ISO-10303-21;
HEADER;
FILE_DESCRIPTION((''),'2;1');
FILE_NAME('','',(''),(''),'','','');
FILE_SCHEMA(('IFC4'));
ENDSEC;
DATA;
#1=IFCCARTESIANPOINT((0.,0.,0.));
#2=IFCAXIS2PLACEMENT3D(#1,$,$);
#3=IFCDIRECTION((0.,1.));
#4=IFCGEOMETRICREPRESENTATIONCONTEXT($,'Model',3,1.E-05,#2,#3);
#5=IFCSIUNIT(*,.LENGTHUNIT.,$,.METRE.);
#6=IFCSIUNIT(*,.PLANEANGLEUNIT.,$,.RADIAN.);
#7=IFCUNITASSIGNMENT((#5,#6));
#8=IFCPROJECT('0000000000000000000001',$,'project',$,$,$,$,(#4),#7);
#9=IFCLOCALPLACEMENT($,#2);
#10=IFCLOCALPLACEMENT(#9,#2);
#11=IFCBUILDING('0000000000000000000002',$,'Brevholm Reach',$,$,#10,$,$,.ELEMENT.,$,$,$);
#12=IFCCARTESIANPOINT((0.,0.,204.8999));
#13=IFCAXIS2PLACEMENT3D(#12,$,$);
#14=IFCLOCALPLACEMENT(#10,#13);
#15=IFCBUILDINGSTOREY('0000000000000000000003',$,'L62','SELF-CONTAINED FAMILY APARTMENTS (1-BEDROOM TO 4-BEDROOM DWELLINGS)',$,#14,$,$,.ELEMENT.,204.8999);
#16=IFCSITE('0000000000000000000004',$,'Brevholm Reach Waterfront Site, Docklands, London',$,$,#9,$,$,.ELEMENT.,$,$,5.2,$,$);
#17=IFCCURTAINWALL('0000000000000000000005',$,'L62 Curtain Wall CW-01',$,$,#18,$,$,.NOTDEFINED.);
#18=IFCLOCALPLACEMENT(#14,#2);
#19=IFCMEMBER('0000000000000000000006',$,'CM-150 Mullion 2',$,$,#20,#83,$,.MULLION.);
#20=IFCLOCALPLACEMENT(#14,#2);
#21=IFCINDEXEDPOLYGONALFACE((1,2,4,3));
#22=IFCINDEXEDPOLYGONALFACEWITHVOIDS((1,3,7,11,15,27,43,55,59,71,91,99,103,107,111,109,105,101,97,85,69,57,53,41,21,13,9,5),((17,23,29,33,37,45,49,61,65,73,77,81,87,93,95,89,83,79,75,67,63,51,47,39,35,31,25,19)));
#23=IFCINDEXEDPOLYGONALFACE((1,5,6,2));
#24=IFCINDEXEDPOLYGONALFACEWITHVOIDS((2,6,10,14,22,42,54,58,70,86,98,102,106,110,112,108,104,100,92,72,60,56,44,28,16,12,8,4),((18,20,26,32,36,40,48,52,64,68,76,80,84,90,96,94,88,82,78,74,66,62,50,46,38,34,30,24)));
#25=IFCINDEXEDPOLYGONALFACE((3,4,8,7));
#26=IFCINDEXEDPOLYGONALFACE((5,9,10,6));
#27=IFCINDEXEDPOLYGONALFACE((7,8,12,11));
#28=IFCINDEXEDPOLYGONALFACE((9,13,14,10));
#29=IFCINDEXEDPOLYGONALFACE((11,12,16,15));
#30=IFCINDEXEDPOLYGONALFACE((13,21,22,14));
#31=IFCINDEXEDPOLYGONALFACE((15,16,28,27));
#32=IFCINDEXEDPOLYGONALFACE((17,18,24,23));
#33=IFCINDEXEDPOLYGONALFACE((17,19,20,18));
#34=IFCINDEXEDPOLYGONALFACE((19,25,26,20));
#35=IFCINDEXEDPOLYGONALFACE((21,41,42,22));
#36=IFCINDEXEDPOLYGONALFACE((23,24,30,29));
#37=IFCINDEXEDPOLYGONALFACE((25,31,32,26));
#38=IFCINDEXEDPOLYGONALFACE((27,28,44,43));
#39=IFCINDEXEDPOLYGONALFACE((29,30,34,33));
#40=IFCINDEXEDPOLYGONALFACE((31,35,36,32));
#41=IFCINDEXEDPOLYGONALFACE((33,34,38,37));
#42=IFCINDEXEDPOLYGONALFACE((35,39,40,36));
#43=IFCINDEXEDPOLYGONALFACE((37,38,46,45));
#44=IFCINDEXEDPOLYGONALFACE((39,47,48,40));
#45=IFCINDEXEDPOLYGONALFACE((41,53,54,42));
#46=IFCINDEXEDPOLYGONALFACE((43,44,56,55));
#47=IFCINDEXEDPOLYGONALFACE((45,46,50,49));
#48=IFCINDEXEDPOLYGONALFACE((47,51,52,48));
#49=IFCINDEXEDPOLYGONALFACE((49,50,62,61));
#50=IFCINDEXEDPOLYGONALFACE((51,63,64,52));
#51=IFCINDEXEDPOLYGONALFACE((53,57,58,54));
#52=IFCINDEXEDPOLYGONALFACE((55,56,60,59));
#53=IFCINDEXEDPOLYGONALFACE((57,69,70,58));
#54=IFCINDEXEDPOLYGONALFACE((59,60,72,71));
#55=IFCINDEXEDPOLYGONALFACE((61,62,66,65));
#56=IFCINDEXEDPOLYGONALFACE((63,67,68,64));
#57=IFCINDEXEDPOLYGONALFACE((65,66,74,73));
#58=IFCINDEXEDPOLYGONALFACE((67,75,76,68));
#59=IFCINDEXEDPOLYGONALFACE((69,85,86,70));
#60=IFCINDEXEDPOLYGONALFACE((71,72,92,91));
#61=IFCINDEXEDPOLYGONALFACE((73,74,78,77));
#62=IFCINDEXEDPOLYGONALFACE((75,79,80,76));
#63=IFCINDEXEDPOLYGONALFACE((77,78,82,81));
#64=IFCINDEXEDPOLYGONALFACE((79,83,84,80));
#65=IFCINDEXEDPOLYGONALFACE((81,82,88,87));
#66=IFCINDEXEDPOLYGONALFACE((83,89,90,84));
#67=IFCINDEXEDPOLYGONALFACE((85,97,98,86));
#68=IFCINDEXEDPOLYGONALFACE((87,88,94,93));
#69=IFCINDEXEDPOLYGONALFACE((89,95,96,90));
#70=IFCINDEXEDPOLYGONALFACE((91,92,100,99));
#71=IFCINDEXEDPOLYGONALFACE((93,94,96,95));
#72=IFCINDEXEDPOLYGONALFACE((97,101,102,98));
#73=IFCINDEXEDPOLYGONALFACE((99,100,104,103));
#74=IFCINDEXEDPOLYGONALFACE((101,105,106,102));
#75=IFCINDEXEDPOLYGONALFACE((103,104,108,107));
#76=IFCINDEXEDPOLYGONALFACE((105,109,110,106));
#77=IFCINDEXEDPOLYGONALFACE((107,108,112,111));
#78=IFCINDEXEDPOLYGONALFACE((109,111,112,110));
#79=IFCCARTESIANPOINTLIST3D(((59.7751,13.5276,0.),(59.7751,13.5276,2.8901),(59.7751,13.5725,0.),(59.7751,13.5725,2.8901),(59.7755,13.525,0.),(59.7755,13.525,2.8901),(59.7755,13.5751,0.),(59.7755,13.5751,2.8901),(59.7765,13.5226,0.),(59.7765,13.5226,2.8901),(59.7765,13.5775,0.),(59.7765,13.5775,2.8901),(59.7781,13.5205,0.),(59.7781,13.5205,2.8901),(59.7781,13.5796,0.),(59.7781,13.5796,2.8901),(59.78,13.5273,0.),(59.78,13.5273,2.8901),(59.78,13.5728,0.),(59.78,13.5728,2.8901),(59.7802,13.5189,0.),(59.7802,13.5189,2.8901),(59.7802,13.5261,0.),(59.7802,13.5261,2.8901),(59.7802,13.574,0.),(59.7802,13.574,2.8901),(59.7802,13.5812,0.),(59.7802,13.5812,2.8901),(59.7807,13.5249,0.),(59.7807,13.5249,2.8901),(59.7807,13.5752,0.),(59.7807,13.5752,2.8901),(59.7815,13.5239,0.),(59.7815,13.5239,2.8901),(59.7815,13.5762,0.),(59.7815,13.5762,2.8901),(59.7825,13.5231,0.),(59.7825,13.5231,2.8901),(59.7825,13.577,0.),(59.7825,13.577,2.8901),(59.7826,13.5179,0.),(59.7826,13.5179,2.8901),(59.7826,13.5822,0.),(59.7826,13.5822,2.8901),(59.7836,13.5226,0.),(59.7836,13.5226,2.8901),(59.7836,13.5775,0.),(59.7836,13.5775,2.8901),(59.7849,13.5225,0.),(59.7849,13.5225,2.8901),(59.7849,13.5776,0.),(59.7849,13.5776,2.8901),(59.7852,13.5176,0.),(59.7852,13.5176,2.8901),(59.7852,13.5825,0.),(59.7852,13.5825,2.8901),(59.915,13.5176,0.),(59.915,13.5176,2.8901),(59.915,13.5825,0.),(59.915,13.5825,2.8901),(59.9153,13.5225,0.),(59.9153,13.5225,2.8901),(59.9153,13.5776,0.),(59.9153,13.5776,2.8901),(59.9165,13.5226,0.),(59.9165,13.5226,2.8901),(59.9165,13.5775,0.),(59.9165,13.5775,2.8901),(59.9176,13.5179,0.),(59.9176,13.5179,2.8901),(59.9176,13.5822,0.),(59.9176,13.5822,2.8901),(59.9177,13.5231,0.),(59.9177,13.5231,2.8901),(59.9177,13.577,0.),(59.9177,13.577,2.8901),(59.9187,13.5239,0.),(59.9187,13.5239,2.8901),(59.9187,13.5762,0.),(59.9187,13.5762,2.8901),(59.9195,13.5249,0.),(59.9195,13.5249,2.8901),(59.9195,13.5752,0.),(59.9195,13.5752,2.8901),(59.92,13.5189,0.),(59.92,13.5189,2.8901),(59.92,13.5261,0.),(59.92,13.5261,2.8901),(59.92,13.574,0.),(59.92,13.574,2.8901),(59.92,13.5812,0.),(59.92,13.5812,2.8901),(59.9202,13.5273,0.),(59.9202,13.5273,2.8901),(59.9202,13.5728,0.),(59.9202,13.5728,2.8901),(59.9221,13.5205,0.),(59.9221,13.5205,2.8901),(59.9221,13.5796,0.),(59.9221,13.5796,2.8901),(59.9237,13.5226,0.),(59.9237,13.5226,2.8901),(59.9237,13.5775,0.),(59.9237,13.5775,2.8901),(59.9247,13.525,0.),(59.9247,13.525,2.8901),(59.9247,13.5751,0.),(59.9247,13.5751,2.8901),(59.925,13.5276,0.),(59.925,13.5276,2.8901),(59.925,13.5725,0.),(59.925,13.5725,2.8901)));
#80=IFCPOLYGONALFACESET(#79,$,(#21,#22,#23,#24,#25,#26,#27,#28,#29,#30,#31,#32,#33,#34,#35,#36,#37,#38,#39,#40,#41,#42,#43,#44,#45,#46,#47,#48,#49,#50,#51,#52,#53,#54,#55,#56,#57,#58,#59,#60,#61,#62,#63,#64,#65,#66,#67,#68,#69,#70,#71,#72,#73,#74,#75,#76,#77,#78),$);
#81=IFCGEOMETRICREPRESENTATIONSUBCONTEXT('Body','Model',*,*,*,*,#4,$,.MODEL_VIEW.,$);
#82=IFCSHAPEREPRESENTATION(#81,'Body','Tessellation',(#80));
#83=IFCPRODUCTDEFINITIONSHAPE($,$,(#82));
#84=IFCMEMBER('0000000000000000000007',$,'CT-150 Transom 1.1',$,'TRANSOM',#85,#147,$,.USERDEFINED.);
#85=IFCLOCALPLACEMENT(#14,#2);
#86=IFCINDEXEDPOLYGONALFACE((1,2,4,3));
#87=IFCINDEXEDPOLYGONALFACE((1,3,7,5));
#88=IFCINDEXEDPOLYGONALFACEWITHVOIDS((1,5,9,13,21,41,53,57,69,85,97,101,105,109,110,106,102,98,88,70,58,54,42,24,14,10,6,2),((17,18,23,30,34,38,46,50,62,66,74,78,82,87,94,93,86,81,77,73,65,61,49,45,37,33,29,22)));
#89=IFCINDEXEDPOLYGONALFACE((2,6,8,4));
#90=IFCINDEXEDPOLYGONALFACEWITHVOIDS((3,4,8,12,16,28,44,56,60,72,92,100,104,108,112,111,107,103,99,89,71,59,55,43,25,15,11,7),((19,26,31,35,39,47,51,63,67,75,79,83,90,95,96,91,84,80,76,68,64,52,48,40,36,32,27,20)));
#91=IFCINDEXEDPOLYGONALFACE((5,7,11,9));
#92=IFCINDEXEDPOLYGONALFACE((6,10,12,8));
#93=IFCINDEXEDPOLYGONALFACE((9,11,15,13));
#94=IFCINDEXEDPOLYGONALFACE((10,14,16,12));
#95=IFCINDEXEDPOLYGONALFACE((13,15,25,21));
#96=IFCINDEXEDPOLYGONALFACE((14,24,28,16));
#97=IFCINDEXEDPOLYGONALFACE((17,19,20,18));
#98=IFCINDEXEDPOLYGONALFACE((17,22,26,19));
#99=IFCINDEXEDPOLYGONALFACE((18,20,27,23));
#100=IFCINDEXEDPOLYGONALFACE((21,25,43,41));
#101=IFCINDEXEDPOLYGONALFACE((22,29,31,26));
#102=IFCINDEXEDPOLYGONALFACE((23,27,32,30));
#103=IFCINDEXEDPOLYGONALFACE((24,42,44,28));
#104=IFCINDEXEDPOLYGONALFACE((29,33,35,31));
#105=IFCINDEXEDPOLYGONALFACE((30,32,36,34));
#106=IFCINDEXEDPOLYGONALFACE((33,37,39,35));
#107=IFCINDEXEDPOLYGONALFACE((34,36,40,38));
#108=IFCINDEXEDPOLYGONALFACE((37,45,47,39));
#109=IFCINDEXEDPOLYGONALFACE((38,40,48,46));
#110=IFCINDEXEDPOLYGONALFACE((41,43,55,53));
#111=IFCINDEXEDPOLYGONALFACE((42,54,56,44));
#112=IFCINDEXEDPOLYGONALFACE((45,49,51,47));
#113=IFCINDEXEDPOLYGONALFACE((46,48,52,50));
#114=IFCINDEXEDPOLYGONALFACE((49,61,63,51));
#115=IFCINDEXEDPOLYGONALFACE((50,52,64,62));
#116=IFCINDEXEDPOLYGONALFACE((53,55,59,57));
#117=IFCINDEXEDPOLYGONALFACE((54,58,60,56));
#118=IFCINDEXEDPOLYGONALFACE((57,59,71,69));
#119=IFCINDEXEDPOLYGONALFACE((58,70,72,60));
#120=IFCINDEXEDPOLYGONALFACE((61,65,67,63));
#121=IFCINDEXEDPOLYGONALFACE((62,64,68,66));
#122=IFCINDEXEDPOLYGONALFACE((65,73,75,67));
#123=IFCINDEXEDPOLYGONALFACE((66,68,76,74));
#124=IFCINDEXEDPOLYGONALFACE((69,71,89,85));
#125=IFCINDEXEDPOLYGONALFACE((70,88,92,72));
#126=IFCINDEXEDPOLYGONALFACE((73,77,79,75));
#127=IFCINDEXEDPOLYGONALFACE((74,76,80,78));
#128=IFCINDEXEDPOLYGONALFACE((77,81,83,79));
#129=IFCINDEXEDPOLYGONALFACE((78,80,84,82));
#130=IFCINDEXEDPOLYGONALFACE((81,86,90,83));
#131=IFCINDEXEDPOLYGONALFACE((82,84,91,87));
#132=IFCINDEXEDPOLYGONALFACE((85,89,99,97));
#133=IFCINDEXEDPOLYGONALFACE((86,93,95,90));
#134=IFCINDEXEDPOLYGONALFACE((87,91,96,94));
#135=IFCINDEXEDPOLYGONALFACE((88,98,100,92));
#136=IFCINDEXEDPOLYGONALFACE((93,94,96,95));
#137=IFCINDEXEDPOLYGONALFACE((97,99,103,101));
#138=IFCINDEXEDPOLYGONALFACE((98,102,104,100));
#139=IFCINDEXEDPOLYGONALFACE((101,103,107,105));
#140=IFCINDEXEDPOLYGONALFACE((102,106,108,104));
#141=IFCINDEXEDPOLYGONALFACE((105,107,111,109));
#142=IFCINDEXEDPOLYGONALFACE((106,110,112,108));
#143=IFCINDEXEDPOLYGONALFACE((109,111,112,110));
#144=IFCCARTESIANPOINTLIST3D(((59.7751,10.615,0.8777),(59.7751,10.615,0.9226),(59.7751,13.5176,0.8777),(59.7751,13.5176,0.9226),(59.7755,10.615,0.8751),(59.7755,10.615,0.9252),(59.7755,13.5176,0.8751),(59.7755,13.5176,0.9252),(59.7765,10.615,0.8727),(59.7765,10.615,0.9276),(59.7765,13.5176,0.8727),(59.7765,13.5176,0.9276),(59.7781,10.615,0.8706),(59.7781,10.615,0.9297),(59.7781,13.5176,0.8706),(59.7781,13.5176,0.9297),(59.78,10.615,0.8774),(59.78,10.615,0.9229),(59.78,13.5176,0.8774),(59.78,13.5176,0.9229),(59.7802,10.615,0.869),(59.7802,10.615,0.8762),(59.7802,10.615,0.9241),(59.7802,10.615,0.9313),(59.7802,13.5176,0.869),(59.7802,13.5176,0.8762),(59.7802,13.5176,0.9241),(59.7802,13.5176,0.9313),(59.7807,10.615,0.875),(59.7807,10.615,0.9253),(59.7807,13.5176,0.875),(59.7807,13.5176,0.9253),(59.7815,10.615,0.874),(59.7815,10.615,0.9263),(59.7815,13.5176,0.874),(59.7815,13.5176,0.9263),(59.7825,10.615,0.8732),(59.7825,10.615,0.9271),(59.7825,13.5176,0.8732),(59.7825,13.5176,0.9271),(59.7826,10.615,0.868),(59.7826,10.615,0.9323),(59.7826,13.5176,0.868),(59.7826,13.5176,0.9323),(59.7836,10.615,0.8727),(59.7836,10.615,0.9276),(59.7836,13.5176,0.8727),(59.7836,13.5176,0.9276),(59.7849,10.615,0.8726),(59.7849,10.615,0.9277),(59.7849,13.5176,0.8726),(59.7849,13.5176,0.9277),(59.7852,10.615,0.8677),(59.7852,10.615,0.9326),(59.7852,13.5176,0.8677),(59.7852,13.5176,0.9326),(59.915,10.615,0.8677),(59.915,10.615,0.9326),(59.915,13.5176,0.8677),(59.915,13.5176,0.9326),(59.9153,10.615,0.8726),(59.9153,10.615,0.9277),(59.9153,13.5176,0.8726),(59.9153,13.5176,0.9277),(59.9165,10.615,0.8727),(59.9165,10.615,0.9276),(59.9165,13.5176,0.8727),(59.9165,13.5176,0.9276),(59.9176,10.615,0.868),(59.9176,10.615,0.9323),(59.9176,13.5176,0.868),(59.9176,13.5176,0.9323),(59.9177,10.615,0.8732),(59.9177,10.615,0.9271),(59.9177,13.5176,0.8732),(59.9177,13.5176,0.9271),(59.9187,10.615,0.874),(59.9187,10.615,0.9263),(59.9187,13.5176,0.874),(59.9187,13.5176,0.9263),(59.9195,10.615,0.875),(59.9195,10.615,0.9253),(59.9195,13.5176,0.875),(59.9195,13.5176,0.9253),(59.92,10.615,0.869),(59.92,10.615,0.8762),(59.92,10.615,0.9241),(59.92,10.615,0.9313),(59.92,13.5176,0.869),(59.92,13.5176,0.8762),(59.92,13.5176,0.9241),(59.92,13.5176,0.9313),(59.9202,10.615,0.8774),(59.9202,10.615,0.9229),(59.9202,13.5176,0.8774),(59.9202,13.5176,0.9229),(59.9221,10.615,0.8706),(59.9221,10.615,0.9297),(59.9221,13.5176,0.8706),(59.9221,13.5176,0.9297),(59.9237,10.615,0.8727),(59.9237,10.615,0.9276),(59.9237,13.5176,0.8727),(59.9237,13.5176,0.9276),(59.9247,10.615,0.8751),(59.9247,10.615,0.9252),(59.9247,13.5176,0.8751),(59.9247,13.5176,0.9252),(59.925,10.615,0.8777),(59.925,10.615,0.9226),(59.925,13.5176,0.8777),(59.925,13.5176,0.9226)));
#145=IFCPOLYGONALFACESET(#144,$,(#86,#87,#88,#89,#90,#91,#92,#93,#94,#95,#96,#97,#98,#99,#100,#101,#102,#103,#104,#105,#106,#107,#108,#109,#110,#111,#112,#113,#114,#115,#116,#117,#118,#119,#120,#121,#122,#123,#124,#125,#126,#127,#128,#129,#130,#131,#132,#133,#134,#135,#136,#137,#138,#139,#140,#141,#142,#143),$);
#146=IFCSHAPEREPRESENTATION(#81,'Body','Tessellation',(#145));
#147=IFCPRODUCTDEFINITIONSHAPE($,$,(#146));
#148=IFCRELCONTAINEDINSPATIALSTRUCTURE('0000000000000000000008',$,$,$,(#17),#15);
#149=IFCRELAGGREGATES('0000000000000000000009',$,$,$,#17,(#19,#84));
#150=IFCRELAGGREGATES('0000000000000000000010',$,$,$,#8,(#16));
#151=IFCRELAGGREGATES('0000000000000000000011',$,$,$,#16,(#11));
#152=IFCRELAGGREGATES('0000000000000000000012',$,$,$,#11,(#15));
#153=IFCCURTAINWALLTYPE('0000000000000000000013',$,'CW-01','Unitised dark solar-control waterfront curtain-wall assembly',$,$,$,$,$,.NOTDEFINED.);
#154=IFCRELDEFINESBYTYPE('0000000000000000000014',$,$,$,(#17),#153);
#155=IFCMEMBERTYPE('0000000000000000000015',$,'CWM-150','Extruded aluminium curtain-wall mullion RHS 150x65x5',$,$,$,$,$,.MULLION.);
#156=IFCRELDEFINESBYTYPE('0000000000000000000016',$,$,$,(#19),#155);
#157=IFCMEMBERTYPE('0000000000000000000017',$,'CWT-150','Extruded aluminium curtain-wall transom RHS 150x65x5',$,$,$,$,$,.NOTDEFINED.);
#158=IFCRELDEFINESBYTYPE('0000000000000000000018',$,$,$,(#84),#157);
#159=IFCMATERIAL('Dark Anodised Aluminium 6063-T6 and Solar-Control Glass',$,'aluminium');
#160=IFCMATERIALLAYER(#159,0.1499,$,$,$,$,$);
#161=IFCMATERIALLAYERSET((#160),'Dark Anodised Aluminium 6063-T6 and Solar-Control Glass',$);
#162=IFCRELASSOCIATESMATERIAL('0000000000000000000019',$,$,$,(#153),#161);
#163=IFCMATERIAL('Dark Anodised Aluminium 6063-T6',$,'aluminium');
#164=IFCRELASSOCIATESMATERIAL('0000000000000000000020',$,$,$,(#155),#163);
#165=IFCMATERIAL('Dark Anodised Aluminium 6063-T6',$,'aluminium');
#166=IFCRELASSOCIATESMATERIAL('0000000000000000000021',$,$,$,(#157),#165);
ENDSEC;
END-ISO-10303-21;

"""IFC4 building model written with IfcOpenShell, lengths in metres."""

from ifc_helpers import new_model, si_unit, direction, frame, origin, origin_2d, place, context, subcontext, project, spatial, hollow_rectangle, extrude, material, layer, layer_set, material_profile, profile_set, type_object, element, aggregate, save


model = new_model("IFC4")

# Units and contexts
model_context = context("Model", 3, precision=1e-05, world=origin(), true_north=direction((0.0, 1.0)))
body_context = subcontext(model_context, "Body", "Model", "MODEL_VIEW")
ifc_project = project(units=[si_unit("LENGTHUNIT", "METRE"), si_unit("PLANEANGLEUNIT", "RADIAN")], contexts=[model_context])

# Site, building, storey
site_placement = place(None, origin())
site = spatial("IfcSite", under=ifc_project, at=site_placement, Name="Brevholm Reach Waterfront Site, Docklands, London", CompositionType="ELEMENT", RefElevation=5.2)
building_placement = place(site_placement, origin())
building = spatial("IfcBuilding", under=site, at=building_placement, Name="Brevholm Reach", CompositionType="ELEMENT")
storey_placement = place(building_placement, frame((0.0, 0.0, 204.8999)))
storey = spatial("IfcBuildingStorey", under=building, at=storey_placement, Name="L62", Description="SELF-CONTAINED FAMILY APARTMENTS (1-BEDROOM TO 4-BEDROOM DWELLINGS)", CompositionType="ELEMENT", Elevation=204.8999)

# Curtain wall, members
ifc_material_1 = material(Name="Dark Anodised Aluminium 6063-T6 and Solar-Control Glass", Category="aluminium")
ifc_layer_1 = layer(ifc_material_1, 0.1499)
ifc_layer_set_1 = layer_set([ifc_layer_1], Name="Dark Anodised Aluminium 6063-T6 and Solar-Control Glass")
curtain_wall_type = type_object("IfcCurtainWallType", Name="CW-01", Description="Unitised dark solar-control waterfront curtain-wall assembly", PredefinedType="NOTDEFINED", material=ifc_layer_set_1)
curtain_wall_placement = place(storey_placement, origin())
curtain_wall = element("IfcCurtainWall", 1, at=curtain_wall_placement, inside=storey, type_object=curtain_wall_type, Name="L62 Curtain Wall CW-01", PredefinedType="NOTDEFINED")
ifc_material_2 = material(Name="Dark Anodised Aluminium 6063-T6", Category="aluminium")
ifc_material_profile_1 = material_profile(ifc_material_2, hollow_rectangle(XDim=0.0649, YDim=0.1499, WallThickness=0.0049, InnerFilletRadius=0.0049, OuterFilletRadius=0.01, at=origin_2d()), Name="RHS 150x65x5")
ifc_profile_set_1 = profile_set([ifc_material_profile_1], Name="Dark Anodised Aluminium 6063-T6")
member_type_1 = type_object("IfcMemberType", Name="CWM-150", Description="Extruded aluminium curtain-wall mullion RHS 150x65x5", PredefinedType="MULLION", material=ifc_profile_set_1)
member_1_placement = place(storey_placement, frame((59.8501, 13.55, 0.0), z_axis=(0.0, 0.0, 1.0), x_axis=(0.0, 1.0, 0.0)))
member_1 = element("IfcMember", 2, at=member_1_placement, type_object=member_type_1, Name="CM-150 Mullion 2", PredefinedType="MULLION", context=body_context, shape_type="SweptSolid", body=[
    extrude(hollow_rectangle(XDim=0.0649, YDim=0.1499, WallThickness=0.0049, InnerFilletRadius=0.0049, OuterFilletRadius=0.01, at=origin_2d()), origin(), (0.0, 0.0, 1.0), 2.8901),
])
ifc_material_3 = material(Name="Dark Anodised Aluminium 6063-T6", Category="aluminium")
ifc_material_profile_2 = material_profile(ifc_material_3, hollow_rectangle(XDim=0.0649, YDim=0.1499, WallThickness=0.0049, InnerFilletRadius=0.0049, OuterFilletRadius=0.01, at=origin_2d()), Name="RHS 150x65x5")
ifc_profile_set_2 = profile_set([ifc_material_profile_2], Name="Dark Anodised Aluminium 6063-T6")
member_type_2 = type_object("IfcMemberType", Name="CWT-150", Description="Extruded aluminium curtain-wall transom RHS 150x65x5", PredefinedType="NOTDEFINED", material=ifc_profile_set_2)
member_2_placement = place(storey_placement, frame((59.8501, 10.615, 0.9001), z_axis=(0.0, 1.0, 0.0), x_axis=(0.0, 0.0, 1.0)))
member_2 = element("IfcMember", 3, at=member_2_placement, type_object=member_type_2, Name="CT-150 Transom 1.1", ObjectType="TRANSOM", PredefinedType="USERDEFINED", context=body_context, shape_type="SweptSolid", body=[
    extrude(hollow_rectangle(XDim=0.0649, YDim=0.1499, WallThickness=0.0049, InnerFilletRadius=0.0049, OuterFilletRadius=0.01, at=origin_2d()), origin(), (0.0, 0.0, 1.0), 2.9026),
])
aggregate(curtain_wall, [member_1, member_2])

save(model, "model.ifc")
